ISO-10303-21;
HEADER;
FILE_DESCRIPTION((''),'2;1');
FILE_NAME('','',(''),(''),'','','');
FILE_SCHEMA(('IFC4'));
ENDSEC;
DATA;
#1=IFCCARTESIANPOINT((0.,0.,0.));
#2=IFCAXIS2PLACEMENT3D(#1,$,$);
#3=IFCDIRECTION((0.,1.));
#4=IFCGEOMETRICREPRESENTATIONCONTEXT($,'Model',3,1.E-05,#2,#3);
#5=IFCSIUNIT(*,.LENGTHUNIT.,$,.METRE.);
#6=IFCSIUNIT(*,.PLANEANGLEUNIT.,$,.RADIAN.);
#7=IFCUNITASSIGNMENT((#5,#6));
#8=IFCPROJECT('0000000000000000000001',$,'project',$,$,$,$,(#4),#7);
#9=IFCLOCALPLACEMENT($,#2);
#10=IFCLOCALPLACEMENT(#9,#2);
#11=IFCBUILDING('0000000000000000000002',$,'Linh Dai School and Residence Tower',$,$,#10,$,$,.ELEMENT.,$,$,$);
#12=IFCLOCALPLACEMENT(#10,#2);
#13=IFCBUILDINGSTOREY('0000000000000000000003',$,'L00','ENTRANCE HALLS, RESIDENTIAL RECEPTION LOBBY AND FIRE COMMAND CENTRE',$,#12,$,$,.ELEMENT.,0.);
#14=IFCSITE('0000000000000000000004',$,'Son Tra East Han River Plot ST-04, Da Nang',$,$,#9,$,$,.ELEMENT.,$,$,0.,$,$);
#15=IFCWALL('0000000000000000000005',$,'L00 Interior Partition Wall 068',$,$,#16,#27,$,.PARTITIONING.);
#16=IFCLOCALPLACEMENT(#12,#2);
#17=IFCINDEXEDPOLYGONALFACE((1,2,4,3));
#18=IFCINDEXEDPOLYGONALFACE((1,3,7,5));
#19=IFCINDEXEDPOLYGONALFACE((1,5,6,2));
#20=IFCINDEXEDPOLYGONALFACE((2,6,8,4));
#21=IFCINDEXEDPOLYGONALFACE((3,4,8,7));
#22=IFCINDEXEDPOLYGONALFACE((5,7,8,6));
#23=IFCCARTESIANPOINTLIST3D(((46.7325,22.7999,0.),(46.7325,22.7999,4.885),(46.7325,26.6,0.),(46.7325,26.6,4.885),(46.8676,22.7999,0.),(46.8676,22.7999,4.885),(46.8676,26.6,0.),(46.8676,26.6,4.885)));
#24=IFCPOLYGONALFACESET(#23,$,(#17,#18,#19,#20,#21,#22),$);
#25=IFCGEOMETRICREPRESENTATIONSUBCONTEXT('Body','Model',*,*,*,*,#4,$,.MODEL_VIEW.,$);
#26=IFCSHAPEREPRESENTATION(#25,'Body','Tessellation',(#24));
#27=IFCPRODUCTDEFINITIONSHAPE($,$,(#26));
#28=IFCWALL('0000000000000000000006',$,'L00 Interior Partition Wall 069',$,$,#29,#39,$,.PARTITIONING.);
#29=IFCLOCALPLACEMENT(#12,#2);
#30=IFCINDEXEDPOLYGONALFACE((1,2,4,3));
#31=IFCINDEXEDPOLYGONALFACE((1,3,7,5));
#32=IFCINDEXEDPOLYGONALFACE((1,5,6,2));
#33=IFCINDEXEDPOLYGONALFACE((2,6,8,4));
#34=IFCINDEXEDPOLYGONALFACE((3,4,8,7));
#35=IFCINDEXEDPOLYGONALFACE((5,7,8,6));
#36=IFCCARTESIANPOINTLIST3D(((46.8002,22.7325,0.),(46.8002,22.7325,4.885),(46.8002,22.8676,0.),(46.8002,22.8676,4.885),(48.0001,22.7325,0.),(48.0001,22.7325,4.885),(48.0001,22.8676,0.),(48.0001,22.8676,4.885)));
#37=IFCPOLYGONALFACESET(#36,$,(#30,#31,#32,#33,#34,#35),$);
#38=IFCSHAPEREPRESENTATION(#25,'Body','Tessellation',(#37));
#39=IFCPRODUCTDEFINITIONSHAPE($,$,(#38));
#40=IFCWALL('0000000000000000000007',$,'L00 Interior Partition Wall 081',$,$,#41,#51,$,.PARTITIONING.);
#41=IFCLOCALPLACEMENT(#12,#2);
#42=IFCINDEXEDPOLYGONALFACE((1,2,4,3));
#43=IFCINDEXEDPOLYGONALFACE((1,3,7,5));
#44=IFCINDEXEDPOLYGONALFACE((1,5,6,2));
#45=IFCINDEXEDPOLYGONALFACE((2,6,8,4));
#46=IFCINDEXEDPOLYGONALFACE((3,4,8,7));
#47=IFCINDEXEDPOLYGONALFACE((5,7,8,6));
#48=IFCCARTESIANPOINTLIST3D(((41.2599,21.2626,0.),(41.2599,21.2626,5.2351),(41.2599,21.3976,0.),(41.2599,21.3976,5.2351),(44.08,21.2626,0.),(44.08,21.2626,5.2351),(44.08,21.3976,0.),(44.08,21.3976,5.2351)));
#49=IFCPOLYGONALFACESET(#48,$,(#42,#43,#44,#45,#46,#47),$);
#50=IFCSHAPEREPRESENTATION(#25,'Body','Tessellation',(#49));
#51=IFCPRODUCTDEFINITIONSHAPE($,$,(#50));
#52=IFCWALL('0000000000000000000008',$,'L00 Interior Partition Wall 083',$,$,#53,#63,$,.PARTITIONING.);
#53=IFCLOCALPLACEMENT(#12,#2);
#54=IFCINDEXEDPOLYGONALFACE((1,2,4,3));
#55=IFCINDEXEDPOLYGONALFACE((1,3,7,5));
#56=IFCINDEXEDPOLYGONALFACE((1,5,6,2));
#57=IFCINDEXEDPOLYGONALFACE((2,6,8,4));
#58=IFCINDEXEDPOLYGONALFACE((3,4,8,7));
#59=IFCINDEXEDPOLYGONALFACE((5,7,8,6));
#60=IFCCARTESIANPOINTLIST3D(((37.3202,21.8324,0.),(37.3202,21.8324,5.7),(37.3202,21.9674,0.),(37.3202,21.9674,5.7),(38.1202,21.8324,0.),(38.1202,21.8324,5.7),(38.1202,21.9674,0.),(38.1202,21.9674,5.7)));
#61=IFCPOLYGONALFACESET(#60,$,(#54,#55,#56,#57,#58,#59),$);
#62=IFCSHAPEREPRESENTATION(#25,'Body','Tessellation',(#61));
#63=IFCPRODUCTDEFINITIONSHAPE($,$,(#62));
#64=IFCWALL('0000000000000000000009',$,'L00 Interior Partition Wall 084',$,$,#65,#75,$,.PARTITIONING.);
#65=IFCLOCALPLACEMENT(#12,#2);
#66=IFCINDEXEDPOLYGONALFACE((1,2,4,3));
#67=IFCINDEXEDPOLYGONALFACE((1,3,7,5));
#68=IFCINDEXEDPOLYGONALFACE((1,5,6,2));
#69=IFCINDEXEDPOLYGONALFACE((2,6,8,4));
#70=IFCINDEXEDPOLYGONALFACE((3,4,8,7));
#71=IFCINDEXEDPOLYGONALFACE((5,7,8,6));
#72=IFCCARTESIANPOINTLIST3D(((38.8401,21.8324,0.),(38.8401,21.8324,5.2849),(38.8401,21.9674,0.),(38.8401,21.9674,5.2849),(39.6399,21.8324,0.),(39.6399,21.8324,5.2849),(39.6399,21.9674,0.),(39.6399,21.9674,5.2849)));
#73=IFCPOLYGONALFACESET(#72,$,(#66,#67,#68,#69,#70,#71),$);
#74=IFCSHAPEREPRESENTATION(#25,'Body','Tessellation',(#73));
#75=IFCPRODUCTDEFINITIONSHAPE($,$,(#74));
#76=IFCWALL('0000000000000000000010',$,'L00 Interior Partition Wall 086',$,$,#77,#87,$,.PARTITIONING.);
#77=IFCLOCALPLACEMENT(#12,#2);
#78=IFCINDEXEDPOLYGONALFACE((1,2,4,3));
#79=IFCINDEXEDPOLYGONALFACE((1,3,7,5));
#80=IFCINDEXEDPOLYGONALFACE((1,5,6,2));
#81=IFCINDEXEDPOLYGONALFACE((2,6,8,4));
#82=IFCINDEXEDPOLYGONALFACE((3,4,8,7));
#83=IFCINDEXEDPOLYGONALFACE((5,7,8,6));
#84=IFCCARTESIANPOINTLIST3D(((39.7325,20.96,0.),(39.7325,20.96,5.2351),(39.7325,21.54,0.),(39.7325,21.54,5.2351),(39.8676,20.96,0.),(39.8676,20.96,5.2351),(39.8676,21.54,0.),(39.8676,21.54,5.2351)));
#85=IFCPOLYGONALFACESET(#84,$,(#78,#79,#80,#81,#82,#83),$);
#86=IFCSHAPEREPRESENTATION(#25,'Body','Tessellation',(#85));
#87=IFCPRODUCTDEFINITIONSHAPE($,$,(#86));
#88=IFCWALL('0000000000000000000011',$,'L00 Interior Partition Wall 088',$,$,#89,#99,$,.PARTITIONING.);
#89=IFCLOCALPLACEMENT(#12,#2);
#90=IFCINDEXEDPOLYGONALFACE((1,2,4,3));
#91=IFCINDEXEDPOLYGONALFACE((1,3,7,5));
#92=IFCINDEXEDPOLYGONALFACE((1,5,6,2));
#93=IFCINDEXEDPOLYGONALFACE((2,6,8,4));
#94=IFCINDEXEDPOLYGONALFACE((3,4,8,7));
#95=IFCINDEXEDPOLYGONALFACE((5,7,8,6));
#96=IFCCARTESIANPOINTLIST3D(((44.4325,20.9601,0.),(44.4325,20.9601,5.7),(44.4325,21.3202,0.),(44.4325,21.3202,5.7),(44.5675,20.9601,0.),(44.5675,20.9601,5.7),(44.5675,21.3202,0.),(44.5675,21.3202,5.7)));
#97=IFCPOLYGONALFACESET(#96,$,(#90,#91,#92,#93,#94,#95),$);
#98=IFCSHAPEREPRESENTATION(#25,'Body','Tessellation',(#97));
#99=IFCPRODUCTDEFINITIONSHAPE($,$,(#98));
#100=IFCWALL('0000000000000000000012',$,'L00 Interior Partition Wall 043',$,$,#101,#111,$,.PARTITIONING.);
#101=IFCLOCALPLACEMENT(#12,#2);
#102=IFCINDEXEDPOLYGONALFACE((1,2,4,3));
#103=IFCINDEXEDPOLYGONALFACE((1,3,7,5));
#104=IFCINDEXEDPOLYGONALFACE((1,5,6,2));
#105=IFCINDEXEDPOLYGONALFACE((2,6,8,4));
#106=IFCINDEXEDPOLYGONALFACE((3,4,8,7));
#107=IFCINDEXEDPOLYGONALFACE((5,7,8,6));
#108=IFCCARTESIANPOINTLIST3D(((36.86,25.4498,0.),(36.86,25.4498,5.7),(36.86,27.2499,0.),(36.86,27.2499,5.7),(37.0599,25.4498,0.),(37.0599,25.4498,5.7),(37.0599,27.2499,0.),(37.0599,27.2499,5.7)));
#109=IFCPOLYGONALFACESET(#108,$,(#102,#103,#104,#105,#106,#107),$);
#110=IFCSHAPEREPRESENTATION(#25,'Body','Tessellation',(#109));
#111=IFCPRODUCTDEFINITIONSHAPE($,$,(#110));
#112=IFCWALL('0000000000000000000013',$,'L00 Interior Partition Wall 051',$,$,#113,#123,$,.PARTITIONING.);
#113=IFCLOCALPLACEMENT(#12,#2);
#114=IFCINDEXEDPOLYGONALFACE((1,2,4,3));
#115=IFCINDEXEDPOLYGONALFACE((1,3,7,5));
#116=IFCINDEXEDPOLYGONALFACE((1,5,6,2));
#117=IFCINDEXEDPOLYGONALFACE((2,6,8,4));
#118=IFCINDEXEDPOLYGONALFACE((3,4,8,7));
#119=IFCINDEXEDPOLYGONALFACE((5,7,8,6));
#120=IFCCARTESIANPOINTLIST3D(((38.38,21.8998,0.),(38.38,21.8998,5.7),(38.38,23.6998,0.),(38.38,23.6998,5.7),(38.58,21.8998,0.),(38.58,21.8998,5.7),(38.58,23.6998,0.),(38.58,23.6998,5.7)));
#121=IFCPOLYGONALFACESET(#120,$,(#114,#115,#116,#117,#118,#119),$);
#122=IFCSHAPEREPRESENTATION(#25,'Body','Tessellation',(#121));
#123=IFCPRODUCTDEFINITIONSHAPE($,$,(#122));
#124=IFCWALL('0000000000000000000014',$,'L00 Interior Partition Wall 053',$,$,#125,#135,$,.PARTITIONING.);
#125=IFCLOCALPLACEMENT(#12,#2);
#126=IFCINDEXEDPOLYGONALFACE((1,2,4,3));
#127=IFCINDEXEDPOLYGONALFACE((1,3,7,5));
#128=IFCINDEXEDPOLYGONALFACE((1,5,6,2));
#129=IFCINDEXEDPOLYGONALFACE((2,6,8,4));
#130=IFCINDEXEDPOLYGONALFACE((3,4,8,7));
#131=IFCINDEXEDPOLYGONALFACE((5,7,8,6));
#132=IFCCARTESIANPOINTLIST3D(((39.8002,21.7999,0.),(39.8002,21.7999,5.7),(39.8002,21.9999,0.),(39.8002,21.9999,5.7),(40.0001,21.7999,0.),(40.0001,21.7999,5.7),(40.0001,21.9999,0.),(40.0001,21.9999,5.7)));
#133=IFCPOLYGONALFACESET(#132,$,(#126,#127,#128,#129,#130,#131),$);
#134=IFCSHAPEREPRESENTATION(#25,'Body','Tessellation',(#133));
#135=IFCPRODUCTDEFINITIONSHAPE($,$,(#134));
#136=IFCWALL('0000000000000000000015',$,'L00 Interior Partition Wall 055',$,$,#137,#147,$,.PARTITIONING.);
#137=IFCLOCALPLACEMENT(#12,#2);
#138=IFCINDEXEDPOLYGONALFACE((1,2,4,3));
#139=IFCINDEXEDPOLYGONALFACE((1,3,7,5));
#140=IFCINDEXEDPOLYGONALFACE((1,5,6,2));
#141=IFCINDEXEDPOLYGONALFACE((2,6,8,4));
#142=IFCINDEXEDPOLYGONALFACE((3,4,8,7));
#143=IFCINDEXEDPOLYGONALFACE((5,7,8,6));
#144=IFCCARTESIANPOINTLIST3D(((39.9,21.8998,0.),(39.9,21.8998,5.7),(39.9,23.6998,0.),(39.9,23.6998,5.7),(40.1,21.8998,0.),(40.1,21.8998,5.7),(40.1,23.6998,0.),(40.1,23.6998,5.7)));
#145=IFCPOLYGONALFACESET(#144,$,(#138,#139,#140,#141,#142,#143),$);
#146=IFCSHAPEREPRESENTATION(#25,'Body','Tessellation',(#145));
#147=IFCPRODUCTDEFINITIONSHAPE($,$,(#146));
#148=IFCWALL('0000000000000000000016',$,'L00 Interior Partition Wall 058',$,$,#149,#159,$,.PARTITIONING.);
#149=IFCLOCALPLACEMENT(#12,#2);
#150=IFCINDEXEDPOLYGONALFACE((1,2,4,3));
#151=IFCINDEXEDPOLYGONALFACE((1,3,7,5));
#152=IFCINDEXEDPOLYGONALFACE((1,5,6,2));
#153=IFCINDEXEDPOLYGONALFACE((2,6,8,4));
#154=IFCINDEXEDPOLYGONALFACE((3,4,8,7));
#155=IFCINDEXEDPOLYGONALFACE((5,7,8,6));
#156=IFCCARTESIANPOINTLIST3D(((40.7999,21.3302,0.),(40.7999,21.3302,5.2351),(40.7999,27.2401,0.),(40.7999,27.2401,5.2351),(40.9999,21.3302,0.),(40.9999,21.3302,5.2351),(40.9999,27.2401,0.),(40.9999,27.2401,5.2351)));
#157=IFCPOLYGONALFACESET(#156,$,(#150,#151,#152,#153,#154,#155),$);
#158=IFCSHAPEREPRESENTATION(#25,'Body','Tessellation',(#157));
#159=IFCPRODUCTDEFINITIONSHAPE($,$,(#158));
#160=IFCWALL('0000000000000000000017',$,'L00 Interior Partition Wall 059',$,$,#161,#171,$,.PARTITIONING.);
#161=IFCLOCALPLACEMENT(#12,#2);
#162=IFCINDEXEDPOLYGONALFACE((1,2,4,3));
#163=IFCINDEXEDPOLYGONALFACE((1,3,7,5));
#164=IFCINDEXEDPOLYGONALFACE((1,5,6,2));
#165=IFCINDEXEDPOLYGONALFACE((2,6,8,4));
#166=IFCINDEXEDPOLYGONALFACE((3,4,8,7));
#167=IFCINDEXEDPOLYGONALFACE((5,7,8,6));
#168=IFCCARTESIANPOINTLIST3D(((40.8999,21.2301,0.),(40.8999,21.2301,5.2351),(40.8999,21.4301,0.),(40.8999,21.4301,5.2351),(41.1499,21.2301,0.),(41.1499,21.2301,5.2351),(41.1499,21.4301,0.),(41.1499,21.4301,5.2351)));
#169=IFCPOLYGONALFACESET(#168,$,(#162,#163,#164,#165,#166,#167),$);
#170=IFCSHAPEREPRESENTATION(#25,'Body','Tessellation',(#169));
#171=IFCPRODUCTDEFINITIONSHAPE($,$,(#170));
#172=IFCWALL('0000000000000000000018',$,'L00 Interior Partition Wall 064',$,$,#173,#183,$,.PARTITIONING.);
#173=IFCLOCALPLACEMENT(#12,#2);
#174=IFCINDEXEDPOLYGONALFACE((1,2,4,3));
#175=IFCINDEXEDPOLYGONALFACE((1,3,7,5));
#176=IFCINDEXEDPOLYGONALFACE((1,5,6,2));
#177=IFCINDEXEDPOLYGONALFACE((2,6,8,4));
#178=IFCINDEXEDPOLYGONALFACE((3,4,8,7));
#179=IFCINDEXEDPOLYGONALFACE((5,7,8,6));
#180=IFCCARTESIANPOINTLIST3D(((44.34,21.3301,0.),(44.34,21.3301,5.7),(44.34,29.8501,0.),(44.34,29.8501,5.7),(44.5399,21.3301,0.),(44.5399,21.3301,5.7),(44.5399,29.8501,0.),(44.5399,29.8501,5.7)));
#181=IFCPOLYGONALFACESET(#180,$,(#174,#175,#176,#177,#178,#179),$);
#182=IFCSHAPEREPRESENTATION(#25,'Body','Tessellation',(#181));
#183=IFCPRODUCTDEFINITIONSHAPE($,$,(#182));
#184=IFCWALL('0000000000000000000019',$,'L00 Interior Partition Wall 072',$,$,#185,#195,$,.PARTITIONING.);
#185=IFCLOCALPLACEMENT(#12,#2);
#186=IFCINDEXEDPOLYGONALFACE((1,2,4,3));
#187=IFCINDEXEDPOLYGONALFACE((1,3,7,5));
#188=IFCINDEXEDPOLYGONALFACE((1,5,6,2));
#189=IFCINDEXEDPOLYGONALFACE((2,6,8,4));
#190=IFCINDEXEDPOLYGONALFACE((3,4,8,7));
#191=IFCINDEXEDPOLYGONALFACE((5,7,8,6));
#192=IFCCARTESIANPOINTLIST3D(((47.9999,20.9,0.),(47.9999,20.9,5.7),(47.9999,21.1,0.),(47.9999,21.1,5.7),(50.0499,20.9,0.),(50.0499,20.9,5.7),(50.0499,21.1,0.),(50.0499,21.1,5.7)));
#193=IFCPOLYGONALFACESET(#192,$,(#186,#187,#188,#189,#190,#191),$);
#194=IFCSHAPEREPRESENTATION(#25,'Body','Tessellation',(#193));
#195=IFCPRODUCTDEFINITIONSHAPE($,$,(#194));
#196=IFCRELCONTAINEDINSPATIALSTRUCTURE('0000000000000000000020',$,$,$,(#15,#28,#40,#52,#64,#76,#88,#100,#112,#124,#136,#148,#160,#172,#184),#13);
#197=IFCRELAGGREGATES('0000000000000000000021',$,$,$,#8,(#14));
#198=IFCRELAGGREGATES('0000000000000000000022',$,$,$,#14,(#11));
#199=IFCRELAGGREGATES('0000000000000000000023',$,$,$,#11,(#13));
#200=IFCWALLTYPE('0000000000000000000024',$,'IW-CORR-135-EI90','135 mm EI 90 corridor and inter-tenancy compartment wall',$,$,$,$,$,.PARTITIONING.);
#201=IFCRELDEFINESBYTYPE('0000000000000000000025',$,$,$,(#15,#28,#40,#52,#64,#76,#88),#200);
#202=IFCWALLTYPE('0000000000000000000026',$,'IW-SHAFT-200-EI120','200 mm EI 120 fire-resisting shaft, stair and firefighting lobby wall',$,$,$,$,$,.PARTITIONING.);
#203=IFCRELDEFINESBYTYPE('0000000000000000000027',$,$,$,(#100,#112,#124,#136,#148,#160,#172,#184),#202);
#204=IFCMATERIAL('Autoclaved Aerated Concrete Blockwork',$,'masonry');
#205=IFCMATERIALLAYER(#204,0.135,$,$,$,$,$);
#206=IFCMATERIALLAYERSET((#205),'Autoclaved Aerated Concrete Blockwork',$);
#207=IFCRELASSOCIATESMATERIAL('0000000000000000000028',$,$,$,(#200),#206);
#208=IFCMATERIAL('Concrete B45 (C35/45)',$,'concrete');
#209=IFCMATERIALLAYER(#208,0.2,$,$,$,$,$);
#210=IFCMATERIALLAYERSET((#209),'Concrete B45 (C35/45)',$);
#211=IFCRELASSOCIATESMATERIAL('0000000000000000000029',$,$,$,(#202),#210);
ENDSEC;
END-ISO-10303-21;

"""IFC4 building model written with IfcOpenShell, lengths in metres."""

from ifc_helpers import new_model, si_unit, direction, frame, frame_2d, origin, place, context, subcontext, project, spatial, rectangle, extrude, material, layer, layer_set, type_object, element, save


model = new_model("IFC4")

# Units and contexts
model_context = context("Model", 3, precision=1e-05, world=origin(), true_north=direction((0.0, 1.0)))
body_context = subcontext(model_context, "Body", "Model", "MODEL_VIEW")
ifc_project = project(units=[si_unit("LENGTHUNIT", "METRE"), si_unit("PLANEANGLEUNIT", "RADIAN")], contexts=[model_context])

# Site, building, storey
site_placement = place(None, origin())
site = spatial("IfcSite", under=ifc_project, at=site_placement, Name="Son Tra East Han River Plot ST-04, Da Nang", CompositionType="ELEMENT", RefElevation=0.0)
building_placement = place(site_placement, origin())
building = spatial("IfcBuilding", under=site, at=building_placement, Name="Linh Dai School and Residence Tower", CompositionType="ELEMENT")
storey_placement = place(building_placement, origin())
storey = spatial("IfcBuildingStorey", under=building, at=storey_placement, Name="L00", Description="ENTRANCE HALLS, RESIDENTIAL RECEPTION LOBBY AND FIRE COMMAND CENTRE", CompositionType="ELEMENT", Elevation=0.0)

# Shared definitions
ifc_material_1 = material(Name="Autoclaved Aerated Concrete Blockwork", Category="masonry")
ifc_layer_1 = layer(ifc_material_1, 0.135)
ifc_layer_set_1 = layer_set([ifc_layer_1], Name="Autoclaved Aerated Concrete Blockwork")
wall_type_1 = type_object("IfcWallType", Name="IW-CORR-135-EI90", Description="135 mm EI 90 corridor and inter-tenancy compartment wall", PredefinedType="PARTITIONING", material=ifc_layer_set_1)

# Walls
wall_1_placement = place(storey_placement, frame((46.8, 22.8, 0.0), z_axis=(0.0, 0.0, 1.0), x_axis=(0.0, 1.0, 0.0)))
element("IfcWall", 1, at=wall_1_placement, inside=storey, type_object=wall_type_1, Name="L00 Interior Partition Wall 068", PredefinedType="PARTITIONING", context=body_context, shape_type="SweptSolid", body=[
    extrude(rectangle(XDim=3.8, YDim=0.135, at=frame_2d((1.8999, 0.0))), origin(), (0.0, 0.0, 1.0), 4.885),
])
wall_2_placement = place(storey_placement, frame((46.8, 22.8, 0.0), z_axis=(0.0, 0.0, 1.0), x_axis=(1.0, 0.0, 0.0)))
element("IfcWall", 2, at=wall_2_placement, inside=storey, type_object=wall_type_1, Name="L00 Interior Partition Wall 069", PredefinedType="PARTITIONING", context=body_context, shape_type="SweptSolid", body=[
    extrude(rectangle(XDim=1.2, YDim=0.135, at=frame_2d((0.6001, 0.0))), origin(), (0.0, 0.0, 1.0), 4.885),
])
wall_3_placement = place(storey_placement, frame((44.0801, 21.3301, 0.0), z_axis=(0.0, 0.0, 1.0), x_axis=(-1.0, 0.0, 0.0)))
element("IfcWall", 3, at=wall_3_placement, inside=storey, type_object=wall_type_1, Name="L00 Interior Partition Wall 081", PredefinedType="PARTITIONING", context=body_context, shape_type="SweptSolid", body=[
    extrude(rectangle(XDim=2.8201, YDim=0.135, at=frame_2d((1.4102, 0.0))), origin(), (0.0, 0.0, 1.0), 5.2351),
])
wall_4_placement = place(storey_placement, frame((38.1201, 21.8999, 0.0), z_axis=(0.0, 0.0, 1.0), x_axis=(-1.0, 0.0, 0.0)))
element("IfcWall", 4, at=wall_4_placement, inside=storey, type_object=wall_type_1, Name="L00 Interior Partition Wall 083", PredefinedType="PARTITIONING", context=body_context, shape_type="SweptSolid", body=[
    extrude(rectangle(XDim=0.8, YDim=0.135, at=frame_2d((0.3999, 0.0))), origin(), (0.0, 0.0, 1.0), 5.7),
])
wall_5_placement = place(storey_placement, frame((39.6399, 21.8999, 0.0), z_axis=(0.0, 0.0, 1.0), x_axis=(-1.0, 0.0, 0.0)))
element("IfcWall", 5, at=wall_5_placement, inside=storey, type_object=wall_type_1, Name="L00 Interior Partition Wall 084", PredefinedType="PARTITIONING", context=body_context, shape_type="SweptSolid", body=[
    extrude(rectangle(XDim=0.7998, YDim=0.135, at=frame_2d((0.3999, 0.0))), origin(), (0.0, 0.0, 1.0), 5.2849),
])
wall_6_placement = place(storey_placement, frame((39.8, 20.96, 0.0), z_axis=(0.0, 0.0, 1.0), x_axis=(0.0, 1.0, 0.0)))
element("IfcWall", 6, at=wall_6_placement, inside=storey, type_object=wall_type_1, Name="L00 Interior Partition Wall 086", PredefinedType="PARTITIONING", context=body_context, shape_type="SweptSolid", body=[
    extrude(rectangle(XDim=0.5801, YDim=0.135, at=frame_2d((0.29, 0.0))), origin(), (0.0, 0.0, 1.0), 5.2351),
])
wall_7_placement = place(storey_placement, frame((44.5, 20.96, 0.0), z_axis=(0.0, 0.0, 1.0), x_axis=(0.0, 1.0, 0.0)))
element("IfcWall", 7, at=wall_7_placement, inside=storey, type_object=wall_type_1, Name="L00 Interior Partition Wall 088", PredefinedType="PARTITIONING", context=body_context, shape_type="SweptSolid", body=[
    extrude(rectangle(XDim=0.3601, YDim=0.135, at=frame_2d((0.1802, 0.0))), origin(), (0.0, 0.0, 1.0), 5.7),
])
ifc_material_2 = material(Name="Concrete B45 (C35/45)", Category="concrete")
ifc_layer_2 = layer(ifc_material_2, 0.2)
ifc_layer_set_2 = layer_set([ifc_layer_2], Name="Concrete B45 (C35/45)")
wall_type_2 = type_object("IfcWallType", Name="IW-SHAFT-200-EI120", Description="200 mm EI 120 fire-resisting shaft, stair and firefighting lobby wall", PredefinedType="PARTITIONING", material=ifc_layer_set_2)
for number, where, z_axis, x_axis, name in (
    (8, (36.96, 25.45, 0.0), (0.0, 0.0, 1.0), (0.0, 1.0, 0.0), "L00 Interior Partition Wall 043"),
    (9, (38.48, 21.8999, 0.0), (0.0, 0.0, 1.0), (0.0, 1.0, 0.0), "L00 Interior Partition Wall 051"),
):
    element("IfcWall", number, at=place(storey_placement, frame(where, z_axis=z_axis, x_axis=x_axis)), inside=storey, type_object=wall_type_2, Name=name, PredefinedType="PARTITIONING", context=body_context, shape_type="SweptSolid", body=[
        extrude(rectangle(XDim=1.8, YDim=0.2, at=frame_2d((0.8999, 0.0))), origin(), (0.0, 0.0, 1.0), 5.7),
    ])
wall_8_placement = place(storey_placement, frame((39.8, 21.8999, 0.0), z_axis=(0.0, 0.0, 1.0), x_axis=(1.0, 0.0, 0.0)))
element("IfcWall", 10, at=wall_8_placement, inside=storey, type_object=wall_type_2, Name="L00 Interior Partition Wall 053", PredefinedType="PARTITIONING", context=body_context, shape_type="SweptSolid", body=[
    extrude(rectangle(XDim=0.2, YDim=0.2, at=frame_2d((0.1001, 0.0))), origin(), (0.0, 0.0, 1.0), 5.7),
])
wall_9_placement = place(storey_placement, frame((40.0, 21.8999, 0.0), z_axis=(0.0, 0.0, 1.0), x_axis=(0.0, 1.0, 0.0)))
element("IfcWall", 11, at=wall_9_placement, inside=storey, type_object=wall_type_2, Name="L00 Interior Partition Wall 055", PredefinedType="PARTITIONING", context=body_context, shape_type="SweptSolid", body=[
    extrude(rectangle(XDim=1.8, YDim=0.2, at=frame_2d((0.8999, 0.0))), origin(), (0.0, 0.0, 1.0), 5.7),
])
wall_10_placement = place(storey_placement, frame((40.8999, 21.3301, 0.0), z_axis=(0.0, 0.0, 1.0), x_axis=(0.0, 1.0, 0.0)))
element("IfcWall", 12, at=wall_10_placement, inside=storey, type_object=wall_type_2, Name="L00 Interior Partition Wall 058", PredefinedType="PARTITIONING", context=body_context, shape_type="SweptSolid", body=[
    extrude(rectangle(XDim=5.9099, YDim=0.2, at=frame_2d((2.9551, 0.0))), origin(), (0.0, 0.0, 1.0), 5.2351),
])
wall_11_placement = place(storey_placement, frame((40.8999, 21.3301, 0.0), z_axis=(0.0, 0.0, 1.0), x_axis=(1.0, 0.0, 0.0)))
element("IfcWall", 13, at=wall_11_placement, inside=storey, type_object=wall_type_2, Name="L00 Interior Partition Wall 059", PredefinedType="PARTITIONING", context=body_context, shape_type="SweptSolid", body=[
    extrude(rectangle(XDim=0.25, YDim=0.2, at=frame_2d((0.125, 0.0))), origin(), (0.0, 0.0, 1.0), 5.2351),
])
wall_12_placement = place(storey_placement, frame((44.4399, 21.3301, 0.0), z_axis=(0.0, 0.0, 1.0), x_axis=(0.0, 1.0, 0.0)))
element("IfcWall", 14, at=wall_12_placement, inside=storey, type_object=wall_type_2, Name="L00 Interior Partition Wall 064", PredefinedType="PARTITIONING", context=body_context, shape_type="SweptSolid", body=[
    extrude(rectangle(XDim=8.52, YDim=0.2, at=frame_2d((4.26, 0.0))), origin(), (0.0, 0.0, 1.0), 5.7),
])

# Wall
wall_13_placement = place(storey_placement, frame((48.0, 21.0, 0.0), z_axis=(0.0, 0.0, 1.0), x_axis=(1.0, 0.0, 0.0)))
element("IfcWall", 15, at=wall_13_placement, inside=storey, type_object=wall_type_2, Name="L00 Interior Partition Wall 072", PredefinedType="PARTITIONING", context=body_context, shape_type="SweptSolid", body=[
    extrude(rectangle(XDim=2.05, YDim=0.2, at=frame_2d((1.0249, 0.0))), origin(), (0.0, 0.0, 1.0), 5.7),
])

save(model, "model.ifc")
